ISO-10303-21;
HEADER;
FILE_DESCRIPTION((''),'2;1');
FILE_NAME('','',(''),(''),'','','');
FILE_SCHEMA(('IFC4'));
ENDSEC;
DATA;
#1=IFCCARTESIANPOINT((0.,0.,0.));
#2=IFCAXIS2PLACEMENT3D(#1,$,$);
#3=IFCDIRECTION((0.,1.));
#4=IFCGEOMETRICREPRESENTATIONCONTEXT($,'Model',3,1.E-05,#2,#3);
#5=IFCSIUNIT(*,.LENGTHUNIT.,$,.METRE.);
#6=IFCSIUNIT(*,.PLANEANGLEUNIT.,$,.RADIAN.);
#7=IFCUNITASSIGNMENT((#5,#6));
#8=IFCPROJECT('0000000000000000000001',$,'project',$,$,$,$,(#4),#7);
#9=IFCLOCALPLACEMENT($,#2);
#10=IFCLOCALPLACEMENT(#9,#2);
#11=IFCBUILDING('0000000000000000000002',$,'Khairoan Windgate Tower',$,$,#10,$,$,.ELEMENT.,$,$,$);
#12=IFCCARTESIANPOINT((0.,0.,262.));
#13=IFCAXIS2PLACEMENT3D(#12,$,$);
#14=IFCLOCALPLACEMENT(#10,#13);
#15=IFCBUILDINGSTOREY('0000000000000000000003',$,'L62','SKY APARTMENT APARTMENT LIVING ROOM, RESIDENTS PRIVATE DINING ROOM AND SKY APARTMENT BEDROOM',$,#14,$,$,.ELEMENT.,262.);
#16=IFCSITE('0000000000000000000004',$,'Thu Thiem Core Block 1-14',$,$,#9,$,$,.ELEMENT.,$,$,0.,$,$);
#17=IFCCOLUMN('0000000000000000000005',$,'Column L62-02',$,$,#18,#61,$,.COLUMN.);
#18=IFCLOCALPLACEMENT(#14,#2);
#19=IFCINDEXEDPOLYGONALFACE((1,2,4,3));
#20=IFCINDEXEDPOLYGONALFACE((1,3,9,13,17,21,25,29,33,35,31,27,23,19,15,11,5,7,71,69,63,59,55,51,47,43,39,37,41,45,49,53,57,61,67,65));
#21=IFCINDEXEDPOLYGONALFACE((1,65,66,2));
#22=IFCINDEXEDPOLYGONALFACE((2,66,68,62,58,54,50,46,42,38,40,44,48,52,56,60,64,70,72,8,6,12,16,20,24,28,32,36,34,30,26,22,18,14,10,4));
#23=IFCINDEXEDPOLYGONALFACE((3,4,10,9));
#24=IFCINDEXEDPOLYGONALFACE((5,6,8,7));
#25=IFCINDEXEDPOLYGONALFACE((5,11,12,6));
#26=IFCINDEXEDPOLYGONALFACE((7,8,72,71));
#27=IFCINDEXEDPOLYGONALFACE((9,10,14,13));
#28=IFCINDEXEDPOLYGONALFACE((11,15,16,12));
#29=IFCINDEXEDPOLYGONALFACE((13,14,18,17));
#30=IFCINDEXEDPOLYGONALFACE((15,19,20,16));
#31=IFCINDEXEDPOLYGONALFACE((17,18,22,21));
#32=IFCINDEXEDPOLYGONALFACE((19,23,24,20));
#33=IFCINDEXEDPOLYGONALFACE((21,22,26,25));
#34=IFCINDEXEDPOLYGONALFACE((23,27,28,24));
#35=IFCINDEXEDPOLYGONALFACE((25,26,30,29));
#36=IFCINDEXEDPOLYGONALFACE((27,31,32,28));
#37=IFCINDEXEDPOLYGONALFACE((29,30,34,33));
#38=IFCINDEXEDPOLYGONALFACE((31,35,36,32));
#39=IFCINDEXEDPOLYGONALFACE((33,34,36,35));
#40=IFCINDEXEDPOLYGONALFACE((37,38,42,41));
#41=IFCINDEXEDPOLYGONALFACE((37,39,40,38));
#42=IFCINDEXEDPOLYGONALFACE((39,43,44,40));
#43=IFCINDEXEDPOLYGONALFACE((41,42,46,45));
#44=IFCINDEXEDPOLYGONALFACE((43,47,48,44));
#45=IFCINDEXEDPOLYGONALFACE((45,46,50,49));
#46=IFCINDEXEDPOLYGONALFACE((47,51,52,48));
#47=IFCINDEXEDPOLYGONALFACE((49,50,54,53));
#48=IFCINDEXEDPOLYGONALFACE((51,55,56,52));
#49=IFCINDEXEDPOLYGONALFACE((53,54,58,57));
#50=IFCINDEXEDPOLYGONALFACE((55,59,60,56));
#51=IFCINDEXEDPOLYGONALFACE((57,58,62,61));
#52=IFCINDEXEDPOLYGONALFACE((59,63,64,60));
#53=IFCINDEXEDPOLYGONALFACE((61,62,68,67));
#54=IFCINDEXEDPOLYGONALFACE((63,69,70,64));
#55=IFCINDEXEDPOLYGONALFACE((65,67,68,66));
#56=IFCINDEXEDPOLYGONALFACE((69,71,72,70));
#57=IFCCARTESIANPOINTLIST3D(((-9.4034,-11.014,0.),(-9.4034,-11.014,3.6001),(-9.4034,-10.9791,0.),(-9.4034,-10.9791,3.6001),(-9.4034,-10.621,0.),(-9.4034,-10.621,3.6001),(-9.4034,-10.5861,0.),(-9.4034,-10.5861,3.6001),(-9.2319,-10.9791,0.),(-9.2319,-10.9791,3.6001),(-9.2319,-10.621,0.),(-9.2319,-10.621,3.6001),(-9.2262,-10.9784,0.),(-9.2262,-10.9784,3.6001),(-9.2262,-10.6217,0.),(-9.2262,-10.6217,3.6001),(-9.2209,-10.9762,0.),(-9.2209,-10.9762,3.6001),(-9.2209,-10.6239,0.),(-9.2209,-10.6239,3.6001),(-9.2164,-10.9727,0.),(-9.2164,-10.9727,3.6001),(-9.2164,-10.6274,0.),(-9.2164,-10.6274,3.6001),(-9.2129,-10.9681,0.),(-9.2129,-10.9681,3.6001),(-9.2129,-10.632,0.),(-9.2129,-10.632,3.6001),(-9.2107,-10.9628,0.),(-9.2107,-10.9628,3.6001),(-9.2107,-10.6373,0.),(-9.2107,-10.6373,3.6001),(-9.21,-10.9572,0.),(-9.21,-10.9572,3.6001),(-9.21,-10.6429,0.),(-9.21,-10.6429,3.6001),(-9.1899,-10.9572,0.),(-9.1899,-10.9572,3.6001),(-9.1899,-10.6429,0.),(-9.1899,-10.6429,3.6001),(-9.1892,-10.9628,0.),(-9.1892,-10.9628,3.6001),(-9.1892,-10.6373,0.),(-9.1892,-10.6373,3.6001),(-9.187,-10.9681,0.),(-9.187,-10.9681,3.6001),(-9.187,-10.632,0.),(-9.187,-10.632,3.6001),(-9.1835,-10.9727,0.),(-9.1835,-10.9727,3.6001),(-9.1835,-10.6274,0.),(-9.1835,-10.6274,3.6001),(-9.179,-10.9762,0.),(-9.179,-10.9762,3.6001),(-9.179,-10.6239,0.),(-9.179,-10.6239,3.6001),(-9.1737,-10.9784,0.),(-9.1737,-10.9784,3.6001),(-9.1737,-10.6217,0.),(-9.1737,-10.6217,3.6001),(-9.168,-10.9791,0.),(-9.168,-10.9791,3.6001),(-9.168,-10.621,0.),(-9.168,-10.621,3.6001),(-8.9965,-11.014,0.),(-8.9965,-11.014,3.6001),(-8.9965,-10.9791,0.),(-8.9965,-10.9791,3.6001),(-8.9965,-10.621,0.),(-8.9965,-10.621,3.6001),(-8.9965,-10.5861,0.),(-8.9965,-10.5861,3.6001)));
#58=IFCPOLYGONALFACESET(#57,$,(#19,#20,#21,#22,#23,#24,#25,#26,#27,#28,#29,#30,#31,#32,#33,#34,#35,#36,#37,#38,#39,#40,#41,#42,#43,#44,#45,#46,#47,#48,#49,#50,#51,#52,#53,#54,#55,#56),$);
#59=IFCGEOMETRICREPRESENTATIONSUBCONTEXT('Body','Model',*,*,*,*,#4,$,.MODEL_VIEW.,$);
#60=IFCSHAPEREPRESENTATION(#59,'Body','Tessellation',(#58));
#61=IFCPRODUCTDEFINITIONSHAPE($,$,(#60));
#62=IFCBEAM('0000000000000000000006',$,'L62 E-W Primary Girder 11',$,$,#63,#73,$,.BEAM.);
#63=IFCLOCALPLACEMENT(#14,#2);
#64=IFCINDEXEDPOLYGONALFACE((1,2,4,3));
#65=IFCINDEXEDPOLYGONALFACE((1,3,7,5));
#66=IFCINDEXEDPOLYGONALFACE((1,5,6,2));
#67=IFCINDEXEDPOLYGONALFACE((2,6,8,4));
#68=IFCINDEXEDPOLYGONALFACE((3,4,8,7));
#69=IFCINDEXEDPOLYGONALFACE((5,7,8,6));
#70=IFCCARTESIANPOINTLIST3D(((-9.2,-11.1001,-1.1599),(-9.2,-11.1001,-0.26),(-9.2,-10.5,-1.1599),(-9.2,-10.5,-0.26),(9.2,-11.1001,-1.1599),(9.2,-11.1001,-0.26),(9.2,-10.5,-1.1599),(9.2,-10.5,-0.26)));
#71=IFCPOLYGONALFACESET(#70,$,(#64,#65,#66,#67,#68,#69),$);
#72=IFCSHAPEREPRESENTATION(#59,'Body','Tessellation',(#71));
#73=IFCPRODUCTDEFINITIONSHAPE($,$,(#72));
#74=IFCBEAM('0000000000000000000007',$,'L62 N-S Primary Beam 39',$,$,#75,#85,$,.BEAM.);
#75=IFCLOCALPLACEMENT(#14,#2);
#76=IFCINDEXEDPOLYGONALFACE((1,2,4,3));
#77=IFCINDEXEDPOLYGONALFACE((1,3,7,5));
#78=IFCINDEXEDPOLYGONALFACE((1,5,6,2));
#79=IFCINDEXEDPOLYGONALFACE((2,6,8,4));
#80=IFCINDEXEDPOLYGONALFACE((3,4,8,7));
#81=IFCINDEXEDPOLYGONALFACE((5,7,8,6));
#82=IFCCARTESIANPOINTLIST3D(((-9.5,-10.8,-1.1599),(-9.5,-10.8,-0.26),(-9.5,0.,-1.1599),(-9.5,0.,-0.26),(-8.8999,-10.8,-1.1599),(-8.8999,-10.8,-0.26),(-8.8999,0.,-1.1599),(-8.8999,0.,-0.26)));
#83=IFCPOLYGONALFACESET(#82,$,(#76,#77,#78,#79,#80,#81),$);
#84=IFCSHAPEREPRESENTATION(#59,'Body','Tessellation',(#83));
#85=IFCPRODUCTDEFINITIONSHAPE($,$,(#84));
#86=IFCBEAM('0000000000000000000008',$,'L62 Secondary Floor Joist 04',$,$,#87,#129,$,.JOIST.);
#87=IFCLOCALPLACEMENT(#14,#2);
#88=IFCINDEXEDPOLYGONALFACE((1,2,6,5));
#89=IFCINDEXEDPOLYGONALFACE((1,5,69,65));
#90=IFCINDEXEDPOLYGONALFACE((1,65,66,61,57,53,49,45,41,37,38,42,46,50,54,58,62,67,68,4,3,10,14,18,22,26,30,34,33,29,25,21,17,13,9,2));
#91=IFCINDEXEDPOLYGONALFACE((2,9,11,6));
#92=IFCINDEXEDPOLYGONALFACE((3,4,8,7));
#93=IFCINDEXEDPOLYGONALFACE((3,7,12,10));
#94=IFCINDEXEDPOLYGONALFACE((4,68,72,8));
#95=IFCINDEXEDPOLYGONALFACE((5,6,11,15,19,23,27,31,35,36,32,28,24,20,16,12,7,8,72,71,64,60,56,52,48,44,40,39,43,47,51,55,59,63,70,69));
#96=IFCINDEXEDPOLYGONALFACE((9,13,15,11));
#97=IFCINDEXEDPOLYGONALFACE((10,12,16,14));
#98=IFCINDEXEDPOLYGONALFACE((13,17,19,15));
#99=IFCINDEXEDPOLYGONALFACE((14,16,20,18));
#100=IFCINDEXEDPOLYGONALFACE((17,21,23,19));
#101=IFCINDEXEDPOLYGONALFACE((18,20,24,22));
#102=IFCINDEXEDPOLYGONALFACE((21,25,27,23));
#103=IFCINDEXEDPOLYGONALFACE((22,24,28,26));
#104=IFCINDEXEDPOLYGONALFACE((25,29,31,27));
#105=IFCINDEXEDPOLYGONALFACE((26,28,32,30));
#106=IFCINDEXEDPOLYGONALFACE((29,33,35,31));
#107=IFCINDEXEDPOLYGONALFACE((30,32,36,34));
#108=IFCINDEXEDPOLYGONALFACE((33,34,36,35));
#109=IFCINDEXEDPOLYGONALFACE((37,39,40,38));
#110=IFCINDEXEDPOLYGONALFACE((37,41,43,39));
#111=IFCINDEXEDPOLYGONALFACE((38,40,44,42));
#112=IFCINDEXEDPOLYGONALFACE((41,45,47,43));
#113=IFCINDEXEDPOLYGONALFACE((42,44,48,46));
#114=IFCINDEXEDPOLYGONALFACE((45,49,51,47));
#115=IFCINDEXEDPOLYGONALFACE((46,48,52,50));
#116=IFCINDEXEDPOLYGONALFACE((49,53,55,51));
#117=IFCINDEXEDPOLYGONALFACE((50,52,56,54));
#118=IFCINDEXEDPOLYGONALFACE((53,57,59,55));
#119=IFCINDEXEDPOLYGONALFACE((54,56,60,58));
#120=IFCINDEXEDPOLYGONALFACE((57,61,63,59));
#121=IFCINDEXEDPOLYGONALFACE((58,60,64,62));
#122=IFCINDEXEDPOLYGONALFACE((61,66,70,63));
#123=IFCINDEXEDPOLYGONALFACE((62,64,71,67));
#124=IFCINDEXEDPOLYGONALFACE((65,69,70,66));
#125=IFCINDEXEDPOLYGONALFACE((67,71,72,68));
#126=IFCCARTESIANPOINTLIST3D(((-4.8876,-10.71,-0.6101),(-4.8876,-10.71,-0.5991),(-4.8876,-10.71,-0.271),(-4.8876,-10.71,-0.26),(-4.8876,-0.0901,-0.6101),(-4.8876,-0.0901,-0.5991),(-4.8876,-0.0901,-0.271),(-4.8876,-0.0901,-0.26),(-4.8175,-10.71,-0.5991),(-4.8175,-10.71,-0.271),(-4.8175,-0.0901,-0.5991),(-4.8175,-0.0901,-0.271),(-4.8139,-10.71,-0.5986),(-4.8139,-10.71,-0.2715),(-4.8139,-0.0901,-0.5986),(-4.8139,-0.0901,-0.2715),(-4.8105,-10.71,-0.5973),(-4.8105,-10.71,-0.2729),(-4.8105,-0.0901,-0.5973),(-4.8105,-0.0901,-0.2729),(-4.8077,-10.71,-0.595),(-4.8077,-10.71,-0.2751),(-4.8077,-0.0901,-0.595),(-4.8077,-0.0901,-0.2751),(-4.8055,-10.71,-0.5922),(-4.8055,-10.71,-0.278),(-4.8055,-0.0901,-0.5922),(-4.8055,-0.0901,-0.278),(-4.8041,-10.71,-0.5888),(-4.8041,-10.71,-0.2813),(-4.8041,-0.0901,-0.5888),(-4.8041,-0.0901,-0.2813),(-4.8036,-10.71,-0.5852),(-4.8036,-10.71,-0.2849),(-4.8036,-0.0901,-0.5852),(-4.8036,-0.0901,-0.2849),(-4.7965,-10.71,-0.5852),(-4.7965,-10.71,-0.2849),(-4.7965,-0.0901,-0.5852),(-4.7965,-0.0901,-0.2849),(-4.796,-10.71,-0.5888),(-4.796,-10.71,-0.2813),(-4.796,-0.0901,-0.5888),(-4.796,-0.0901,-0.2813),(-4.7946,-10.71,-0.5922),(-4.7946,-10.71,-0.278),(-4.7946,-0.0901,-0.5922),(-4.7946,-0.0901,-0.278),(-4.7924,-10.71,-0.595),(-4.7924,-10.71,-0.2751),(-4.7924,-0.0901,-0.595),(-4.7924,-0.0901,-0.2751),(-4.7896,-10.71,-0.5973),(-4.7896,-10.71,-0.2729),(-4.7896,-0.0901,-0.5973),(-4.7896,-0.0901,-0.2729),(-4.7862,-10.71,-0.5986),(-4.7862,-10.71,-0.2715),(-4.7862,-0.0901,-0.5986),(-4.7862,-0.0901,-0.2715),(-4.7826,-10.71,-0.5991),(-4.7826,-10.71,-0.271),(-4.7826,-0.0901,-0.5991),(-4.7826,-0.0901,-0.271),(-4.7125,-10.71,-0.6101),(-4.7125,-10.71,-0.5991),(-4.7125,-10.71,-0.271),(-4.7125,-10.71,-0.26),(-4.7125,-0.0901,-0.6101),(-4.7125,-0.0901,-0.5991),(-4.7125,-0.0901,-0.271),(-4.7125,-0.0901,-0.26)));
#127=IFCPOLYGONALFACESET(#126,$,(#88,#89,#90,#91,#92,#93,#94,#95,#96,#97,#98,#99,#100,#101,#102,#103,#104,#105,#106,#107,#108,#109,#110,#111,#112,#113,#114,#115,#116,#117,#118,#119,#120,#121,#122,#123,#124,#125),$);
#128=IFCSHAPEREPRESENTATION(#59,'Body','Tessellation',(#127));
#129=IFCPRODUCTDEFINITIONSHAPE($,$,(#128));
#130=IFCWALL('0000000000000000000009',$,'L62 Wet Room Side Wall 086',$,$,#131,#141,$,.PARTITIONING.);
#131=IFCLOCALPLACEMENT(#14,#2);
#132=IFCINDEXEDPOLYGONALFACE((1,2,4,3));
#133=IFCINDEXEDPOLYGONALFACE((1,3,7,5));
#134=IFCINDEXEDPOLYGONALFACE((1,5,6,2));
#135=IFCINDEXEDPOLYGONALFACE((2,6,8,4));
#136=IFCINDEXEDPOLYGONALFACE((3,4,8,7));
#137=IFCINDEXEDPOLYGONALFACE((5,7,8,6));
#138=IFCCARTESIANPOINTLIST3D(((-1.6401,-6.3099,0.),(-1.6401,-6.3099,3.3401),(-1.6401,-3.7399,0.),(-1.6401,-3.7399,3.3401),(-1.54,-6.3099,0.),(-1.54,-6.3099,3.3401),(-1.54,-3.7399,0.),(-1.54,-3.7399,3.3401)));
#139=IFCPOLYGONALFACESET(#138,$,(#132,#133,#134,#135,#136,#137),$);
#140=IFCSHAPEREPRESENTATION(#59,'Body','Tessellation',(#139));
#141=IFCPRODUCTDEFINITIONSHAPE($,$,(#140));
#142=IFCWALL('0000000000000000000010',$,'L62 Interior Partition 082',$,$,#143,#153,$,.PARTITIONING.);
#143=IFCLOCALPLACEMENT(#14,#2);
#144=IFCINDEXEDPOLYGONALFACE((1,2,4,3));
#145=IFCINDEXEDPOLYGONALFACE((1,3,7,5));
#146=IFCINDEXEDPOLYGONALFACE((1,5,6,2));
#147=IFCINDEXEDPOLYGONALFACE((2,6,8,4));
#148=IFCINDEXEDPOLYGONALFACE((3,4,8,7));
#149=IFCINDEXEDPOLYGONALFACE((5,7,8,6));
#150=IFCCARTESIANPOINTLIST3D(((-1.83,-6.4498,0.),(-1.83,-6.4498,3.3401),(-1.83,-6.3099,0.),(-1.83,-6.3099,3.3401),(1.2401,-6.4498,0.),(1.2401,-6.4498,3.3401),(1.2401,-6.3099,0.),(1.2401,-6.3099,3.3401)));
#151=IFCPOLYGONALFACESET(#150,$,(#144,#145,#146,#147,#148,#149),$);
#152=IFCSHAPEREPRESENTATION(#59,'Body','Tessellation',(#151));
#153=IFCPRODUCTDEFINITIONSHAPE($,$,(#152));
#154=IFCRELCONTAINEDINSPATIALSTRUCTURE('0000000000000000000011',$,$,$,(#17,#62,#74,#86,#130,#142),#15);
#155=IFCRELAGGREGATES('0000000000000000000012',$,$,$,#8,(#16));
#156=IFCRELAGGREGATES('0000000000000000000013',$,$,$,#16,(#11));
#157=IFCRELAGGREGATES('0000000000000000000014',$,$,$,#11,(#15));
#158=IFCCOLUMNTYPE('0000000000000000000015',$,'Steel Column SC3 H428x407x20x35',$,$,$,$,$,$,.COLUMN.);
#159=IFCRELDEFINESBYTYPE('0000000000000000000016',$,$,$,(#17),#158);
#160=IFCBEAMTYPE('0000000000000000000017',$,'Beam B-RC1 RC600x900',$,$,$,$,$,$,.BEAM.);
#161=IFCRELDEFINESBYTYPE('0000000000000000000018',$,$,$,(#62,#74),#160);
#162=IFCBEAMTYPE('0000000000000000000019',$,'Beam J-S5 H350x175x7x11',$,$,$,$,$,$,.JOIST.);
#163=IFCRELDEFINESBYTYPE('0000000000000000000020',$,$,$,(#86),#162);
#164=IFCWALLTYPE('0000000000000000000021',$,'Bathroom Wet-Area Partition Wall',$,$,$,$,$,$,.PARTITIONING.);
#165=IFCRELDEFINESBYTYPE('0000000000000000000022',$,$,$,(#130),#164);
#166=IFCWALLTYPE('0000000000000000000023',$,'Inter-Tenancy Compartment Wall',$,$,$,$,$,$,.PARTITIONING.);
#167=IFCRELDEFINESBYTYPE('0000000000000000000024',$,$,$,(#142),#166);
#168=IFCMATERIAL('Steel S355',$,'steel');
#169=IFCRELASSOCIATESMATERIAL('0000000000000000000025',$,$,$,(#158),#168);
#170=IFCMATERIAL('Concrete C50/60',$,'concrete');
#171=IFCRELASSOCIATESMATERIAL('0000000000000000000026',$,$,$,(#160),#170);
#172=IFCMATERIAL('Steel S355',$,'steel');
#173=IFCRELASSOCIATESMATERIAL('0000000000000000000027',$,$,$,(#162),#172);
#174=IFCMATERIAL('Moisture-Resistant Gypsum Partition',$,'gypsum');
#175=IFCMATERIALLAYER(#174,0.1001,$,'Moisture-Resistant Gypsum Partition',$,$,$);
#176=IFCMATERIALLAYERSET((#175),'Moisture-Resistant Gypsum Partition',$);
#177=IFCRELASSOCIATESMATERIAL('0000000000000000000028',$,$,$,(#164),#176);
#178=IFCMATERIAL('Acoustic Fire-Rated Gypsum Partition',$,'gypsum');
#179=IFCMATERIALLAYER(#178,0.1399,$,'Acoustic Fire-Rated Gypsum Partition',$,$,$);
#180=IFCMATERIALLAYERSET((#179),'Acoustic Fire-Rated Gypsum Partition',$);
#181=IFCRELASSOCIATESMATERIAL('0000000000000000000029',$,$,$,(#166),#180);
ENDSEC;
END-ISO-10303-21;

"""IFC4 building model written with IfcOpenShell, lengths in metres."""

from ifc_helpers import new_model, si_unit, direction, frame, frame_2d, origin, origin_2d, place, context, subcontext, project, spatial, rectangle, i_section, extrude, material, layer, layer_set, material_profile, profile_set, type_object, element, save


model = new_model("IFC4")

# Units and contexts
model_context = context("Model", 3, precision=1e-05, world=origin(), true_north=direction((0.0, 1.0)))
body_context = subcontext(model_context, "Body", "Model", "MODEL_VIEW")
ifc_project = project(units=[si_unit("LENGTHUNIT", "METRE"), si_unit("PLANEANGLEUNIT", "RADIAN")], contexts=[model_context])

# Site, building, storey
site_placement = place(None, origin())
site = spatial("IfcSite", under=ifc_project, at=site_placement, Name="Thu Thiem Core Block 1-14", CompositionType="ELEMENT", RefElevation=0.0)
building_placement = place(site_placement, origin())
building = spatial("IfcBuilding", under=site, at=building_placement, Name="Khairoan Windgate Tower", CompositionType="ELEMENT")
storey_placement = place(building_placement, frame((0.0, 0.0, 262.0)))
storey = spatial("IfcBuildingStorey", under=building, at=storey_placement, Name="L62", Description="SKY APARTMENT APARTMENT LIVING ROOM, RESIDENTS PRIVATE DINING ROOM AND SKY APARTMENT BEDROOM", CompositionType="ELEMENT", Elevation=262.0)

# Column
ifc_material_1 = material(Name="Steel S355", Category="steel")
ifc_material_profile_1 = material_profile(ifc_material_1, i_section(OverallWidth=0.407, OverallDepth=0.428, WebThickness=0.02, FlangeThickness=0.0349, FilletRadius=0.022, at=origin_2d()))
ifc_profile_set_1 = profile_set([ifc_material_profile_1], Name="Steel S355")
column_type = type_object("IfcColumnType", Name="Steel Column SC3 H428x407x20x35", PredefinedType="COLUMN", material=ifc_profile_set_1)
column_placement = place(storey_placement, frame((-9.2, -10.8, 0.0), z_axis=(0.0, 0.0, 1.0), x_axis=(1.0, 0.0, 0.0)))
element("IfcColumn", 1, at=column_placement, inside=storey, type_object=column_type, Name="Column L62-02", PredefinedType="COLUMN", context=body_context, shape_type="SweptSolid", body=[
    extrude(i_section(OverallWidth=0.407, OverallDepth=0.428, WebThickness=0.02, FlangeThickness=0.0349, FilletRadius=0.022, at=origin_2d()), origin(), (0.0, 0.0, 1.0), 3.6001),
])

# Beams
ifc_material_2 = material(Name="Concrete C50/60", Category="concrete")
ifc_material_profile_2 = material_profile(ifc_material_2, rectangle(XDim=0.6001, YDim=0.8999, at=origin_2d()))
ifc_profile_set_2 = profile_set([ifc_material_profile_2], Name="Concrete C50/60")
beam_type_1 = type_object("IfcBeamType", Name="Beam B-RC1 RC600x900", PredefinedType="BEAM", material=ifc_profile_set_2)
beam_1_placement = place(storey_placement, frame((-9.2, -10.8, -0.71), z_axis=(1.0, 0.0, 0.0), x_axis=(0.0, 1.0, 0.0)))
element("IfcBeam", 2, at=beam_1_placement, inside=storey, type_object=beam_type_1, Name="L62 E-W Primary Girder 11", PredefinedType="BEAM", context=body_context, shape_type="SweptSolid", body=[
    extrude(rectangle(XDim=0.6001, YDim=0.8999, at=origin_2d()), origin(), (0.0, 0.0, 1.0), 18.3999),
])
beam_2_placement = place(storey_placement, frame((-9.2, -10.8, -0.71), z_axis=(0.0, 1.0, 0.0), x_axis=(-1.0, 0.0, 0.0)))
element("IfcBeam", 3, at=beam_2_placement, inside=storey, type_object=beam_type_1, Name="L62 N-S Primary Beam 39", PredefinedType="BEAM", context=body_context, shape_type="SweptSolid", body=[
    extrude(rectangle(XDim=0.6001, YDim=0.8999, at=origin_2d()), origin(), (0.0, 0.0, 1.0), 10.8),
])
ifc_material_3 = material(Name="Steel S355", Category="steel")
ifc_material_profile_3 = material_profile(ifc_material_3, i_section(OverallWidth=0.175, OverallDepth=0.3501, WebThickness=0.0071, FlangeThickness=0.011, FilletRadius=0.0139, at=origin_2d()))
ifc_profile_set_3 = profile_set([ifc_material_profile_3], Name="Steel S355")
beam_type_2 = type_object("IfcBeamType", Name="Beam J-S5 H350x175x7x11", PredefinedType="JOIST", material=ifc_profile_set_3)
beam_3_placement = place(storey_placement, frame((-4.8, -10.71, -0.4351), z_axis=(0.0, 1.0, 0.0), x_axis=(-1.0, 0.0, 0.0)))
element("IfcBeam", 4, at=beam_3_placement, inside=storey, type_object=beam_type_2, Name="L62 Secondary Floor Joist 04", PredefinedType="JOIST", context=body_context, shape_type="SweptSolid", body=[
    extrude(i_section(OverallWidth=0.175, OverallDepth=0.3501, WebThickness=0.0071, FlangeThickness=0.011, FilletRadius=0.0139, at=origin_2d()), origin(), (0.0, 0.0, 1.0), 10.6199),
])

# Walls
ifc_material_4 = material(Name="Moisture-Resistant Gypsum Partition", Category="gypsum")
ifc_layer_1 = layer(ifc_material_4, 0.1001, Name="Moisture-Resistant Gypsum Partition")
ifc_layer_set_1 = layer_set([ifc_layer_1], Name="Moisture-Resistant Gypsum Partition")
wall_type_1 = type_object("IfcWallType", Name="Bathroom Wet-Area Partition Wall", PredefinedType="PARTITIONING", material=ifc_layer_set_1)
wall_1_placement = place(storey_placement, frame((-1.5901, -6.3101, 0.0), z_axis=(0.0, 0.0, 1.0), x_axis=(0.0, 1.0, 0.0)))
element("IfcWall", 5, at=wall_1_placement, inside=storey, type_object=wall_type_1, Name="L62 Wet Room Side Wall 086", PredefinedType="PARTITIONING", context=body_context, shape_type="SweptSolid", body=[
    extrude(rectangle(XDim=2.5701, YDim=0.1001, at=frame_2d((1.2852, 0.0))), origin(), (0.0, 0.0, 1.0), 3.3401),
])
ifc_material_5 = material(Name="Acoustic Fire-Rated Gypsum Partition", Category="gypsum")
ifc_layer_2 = layer(ifc_material_5, 0.1399, Name="Acoustic Fire-Rated Gypsum Partition")
ifc_layer_set_2 = layer_set([ifc_layer_2], Name="Acoustic Fire-Rated Gypsum Partition")
wall_type_2 = type_object("IfcWallType", Name="Inter-Tenancy Compartment Wall", PredefinedType="PARTITIONING", material=ifc_layer_set_2)
wall_2_placement = place(storey_placement, frame((-1.8301, -6.3799, 0.0), z_axis=(0.0, 0.0, 1.0), x_axis=(1.0, 0.0, 0.0)))
element("IfcWall", 6, at=wall_2_placement, inside=storey, type_object=wall_type_2, Name="L62 Interior Partition 082", PredefinedType="PARTITIONING", context=body_context, shape_type="SweptSolid", body=[
    extrude(rectangle(XDim=3.0701, YDim=0.1399, at=frame_2d((1.5352, 0.0))), origin(), (0.0, 0.0, 1.0), 3.3401),
])

save(model, "model.ifc")
